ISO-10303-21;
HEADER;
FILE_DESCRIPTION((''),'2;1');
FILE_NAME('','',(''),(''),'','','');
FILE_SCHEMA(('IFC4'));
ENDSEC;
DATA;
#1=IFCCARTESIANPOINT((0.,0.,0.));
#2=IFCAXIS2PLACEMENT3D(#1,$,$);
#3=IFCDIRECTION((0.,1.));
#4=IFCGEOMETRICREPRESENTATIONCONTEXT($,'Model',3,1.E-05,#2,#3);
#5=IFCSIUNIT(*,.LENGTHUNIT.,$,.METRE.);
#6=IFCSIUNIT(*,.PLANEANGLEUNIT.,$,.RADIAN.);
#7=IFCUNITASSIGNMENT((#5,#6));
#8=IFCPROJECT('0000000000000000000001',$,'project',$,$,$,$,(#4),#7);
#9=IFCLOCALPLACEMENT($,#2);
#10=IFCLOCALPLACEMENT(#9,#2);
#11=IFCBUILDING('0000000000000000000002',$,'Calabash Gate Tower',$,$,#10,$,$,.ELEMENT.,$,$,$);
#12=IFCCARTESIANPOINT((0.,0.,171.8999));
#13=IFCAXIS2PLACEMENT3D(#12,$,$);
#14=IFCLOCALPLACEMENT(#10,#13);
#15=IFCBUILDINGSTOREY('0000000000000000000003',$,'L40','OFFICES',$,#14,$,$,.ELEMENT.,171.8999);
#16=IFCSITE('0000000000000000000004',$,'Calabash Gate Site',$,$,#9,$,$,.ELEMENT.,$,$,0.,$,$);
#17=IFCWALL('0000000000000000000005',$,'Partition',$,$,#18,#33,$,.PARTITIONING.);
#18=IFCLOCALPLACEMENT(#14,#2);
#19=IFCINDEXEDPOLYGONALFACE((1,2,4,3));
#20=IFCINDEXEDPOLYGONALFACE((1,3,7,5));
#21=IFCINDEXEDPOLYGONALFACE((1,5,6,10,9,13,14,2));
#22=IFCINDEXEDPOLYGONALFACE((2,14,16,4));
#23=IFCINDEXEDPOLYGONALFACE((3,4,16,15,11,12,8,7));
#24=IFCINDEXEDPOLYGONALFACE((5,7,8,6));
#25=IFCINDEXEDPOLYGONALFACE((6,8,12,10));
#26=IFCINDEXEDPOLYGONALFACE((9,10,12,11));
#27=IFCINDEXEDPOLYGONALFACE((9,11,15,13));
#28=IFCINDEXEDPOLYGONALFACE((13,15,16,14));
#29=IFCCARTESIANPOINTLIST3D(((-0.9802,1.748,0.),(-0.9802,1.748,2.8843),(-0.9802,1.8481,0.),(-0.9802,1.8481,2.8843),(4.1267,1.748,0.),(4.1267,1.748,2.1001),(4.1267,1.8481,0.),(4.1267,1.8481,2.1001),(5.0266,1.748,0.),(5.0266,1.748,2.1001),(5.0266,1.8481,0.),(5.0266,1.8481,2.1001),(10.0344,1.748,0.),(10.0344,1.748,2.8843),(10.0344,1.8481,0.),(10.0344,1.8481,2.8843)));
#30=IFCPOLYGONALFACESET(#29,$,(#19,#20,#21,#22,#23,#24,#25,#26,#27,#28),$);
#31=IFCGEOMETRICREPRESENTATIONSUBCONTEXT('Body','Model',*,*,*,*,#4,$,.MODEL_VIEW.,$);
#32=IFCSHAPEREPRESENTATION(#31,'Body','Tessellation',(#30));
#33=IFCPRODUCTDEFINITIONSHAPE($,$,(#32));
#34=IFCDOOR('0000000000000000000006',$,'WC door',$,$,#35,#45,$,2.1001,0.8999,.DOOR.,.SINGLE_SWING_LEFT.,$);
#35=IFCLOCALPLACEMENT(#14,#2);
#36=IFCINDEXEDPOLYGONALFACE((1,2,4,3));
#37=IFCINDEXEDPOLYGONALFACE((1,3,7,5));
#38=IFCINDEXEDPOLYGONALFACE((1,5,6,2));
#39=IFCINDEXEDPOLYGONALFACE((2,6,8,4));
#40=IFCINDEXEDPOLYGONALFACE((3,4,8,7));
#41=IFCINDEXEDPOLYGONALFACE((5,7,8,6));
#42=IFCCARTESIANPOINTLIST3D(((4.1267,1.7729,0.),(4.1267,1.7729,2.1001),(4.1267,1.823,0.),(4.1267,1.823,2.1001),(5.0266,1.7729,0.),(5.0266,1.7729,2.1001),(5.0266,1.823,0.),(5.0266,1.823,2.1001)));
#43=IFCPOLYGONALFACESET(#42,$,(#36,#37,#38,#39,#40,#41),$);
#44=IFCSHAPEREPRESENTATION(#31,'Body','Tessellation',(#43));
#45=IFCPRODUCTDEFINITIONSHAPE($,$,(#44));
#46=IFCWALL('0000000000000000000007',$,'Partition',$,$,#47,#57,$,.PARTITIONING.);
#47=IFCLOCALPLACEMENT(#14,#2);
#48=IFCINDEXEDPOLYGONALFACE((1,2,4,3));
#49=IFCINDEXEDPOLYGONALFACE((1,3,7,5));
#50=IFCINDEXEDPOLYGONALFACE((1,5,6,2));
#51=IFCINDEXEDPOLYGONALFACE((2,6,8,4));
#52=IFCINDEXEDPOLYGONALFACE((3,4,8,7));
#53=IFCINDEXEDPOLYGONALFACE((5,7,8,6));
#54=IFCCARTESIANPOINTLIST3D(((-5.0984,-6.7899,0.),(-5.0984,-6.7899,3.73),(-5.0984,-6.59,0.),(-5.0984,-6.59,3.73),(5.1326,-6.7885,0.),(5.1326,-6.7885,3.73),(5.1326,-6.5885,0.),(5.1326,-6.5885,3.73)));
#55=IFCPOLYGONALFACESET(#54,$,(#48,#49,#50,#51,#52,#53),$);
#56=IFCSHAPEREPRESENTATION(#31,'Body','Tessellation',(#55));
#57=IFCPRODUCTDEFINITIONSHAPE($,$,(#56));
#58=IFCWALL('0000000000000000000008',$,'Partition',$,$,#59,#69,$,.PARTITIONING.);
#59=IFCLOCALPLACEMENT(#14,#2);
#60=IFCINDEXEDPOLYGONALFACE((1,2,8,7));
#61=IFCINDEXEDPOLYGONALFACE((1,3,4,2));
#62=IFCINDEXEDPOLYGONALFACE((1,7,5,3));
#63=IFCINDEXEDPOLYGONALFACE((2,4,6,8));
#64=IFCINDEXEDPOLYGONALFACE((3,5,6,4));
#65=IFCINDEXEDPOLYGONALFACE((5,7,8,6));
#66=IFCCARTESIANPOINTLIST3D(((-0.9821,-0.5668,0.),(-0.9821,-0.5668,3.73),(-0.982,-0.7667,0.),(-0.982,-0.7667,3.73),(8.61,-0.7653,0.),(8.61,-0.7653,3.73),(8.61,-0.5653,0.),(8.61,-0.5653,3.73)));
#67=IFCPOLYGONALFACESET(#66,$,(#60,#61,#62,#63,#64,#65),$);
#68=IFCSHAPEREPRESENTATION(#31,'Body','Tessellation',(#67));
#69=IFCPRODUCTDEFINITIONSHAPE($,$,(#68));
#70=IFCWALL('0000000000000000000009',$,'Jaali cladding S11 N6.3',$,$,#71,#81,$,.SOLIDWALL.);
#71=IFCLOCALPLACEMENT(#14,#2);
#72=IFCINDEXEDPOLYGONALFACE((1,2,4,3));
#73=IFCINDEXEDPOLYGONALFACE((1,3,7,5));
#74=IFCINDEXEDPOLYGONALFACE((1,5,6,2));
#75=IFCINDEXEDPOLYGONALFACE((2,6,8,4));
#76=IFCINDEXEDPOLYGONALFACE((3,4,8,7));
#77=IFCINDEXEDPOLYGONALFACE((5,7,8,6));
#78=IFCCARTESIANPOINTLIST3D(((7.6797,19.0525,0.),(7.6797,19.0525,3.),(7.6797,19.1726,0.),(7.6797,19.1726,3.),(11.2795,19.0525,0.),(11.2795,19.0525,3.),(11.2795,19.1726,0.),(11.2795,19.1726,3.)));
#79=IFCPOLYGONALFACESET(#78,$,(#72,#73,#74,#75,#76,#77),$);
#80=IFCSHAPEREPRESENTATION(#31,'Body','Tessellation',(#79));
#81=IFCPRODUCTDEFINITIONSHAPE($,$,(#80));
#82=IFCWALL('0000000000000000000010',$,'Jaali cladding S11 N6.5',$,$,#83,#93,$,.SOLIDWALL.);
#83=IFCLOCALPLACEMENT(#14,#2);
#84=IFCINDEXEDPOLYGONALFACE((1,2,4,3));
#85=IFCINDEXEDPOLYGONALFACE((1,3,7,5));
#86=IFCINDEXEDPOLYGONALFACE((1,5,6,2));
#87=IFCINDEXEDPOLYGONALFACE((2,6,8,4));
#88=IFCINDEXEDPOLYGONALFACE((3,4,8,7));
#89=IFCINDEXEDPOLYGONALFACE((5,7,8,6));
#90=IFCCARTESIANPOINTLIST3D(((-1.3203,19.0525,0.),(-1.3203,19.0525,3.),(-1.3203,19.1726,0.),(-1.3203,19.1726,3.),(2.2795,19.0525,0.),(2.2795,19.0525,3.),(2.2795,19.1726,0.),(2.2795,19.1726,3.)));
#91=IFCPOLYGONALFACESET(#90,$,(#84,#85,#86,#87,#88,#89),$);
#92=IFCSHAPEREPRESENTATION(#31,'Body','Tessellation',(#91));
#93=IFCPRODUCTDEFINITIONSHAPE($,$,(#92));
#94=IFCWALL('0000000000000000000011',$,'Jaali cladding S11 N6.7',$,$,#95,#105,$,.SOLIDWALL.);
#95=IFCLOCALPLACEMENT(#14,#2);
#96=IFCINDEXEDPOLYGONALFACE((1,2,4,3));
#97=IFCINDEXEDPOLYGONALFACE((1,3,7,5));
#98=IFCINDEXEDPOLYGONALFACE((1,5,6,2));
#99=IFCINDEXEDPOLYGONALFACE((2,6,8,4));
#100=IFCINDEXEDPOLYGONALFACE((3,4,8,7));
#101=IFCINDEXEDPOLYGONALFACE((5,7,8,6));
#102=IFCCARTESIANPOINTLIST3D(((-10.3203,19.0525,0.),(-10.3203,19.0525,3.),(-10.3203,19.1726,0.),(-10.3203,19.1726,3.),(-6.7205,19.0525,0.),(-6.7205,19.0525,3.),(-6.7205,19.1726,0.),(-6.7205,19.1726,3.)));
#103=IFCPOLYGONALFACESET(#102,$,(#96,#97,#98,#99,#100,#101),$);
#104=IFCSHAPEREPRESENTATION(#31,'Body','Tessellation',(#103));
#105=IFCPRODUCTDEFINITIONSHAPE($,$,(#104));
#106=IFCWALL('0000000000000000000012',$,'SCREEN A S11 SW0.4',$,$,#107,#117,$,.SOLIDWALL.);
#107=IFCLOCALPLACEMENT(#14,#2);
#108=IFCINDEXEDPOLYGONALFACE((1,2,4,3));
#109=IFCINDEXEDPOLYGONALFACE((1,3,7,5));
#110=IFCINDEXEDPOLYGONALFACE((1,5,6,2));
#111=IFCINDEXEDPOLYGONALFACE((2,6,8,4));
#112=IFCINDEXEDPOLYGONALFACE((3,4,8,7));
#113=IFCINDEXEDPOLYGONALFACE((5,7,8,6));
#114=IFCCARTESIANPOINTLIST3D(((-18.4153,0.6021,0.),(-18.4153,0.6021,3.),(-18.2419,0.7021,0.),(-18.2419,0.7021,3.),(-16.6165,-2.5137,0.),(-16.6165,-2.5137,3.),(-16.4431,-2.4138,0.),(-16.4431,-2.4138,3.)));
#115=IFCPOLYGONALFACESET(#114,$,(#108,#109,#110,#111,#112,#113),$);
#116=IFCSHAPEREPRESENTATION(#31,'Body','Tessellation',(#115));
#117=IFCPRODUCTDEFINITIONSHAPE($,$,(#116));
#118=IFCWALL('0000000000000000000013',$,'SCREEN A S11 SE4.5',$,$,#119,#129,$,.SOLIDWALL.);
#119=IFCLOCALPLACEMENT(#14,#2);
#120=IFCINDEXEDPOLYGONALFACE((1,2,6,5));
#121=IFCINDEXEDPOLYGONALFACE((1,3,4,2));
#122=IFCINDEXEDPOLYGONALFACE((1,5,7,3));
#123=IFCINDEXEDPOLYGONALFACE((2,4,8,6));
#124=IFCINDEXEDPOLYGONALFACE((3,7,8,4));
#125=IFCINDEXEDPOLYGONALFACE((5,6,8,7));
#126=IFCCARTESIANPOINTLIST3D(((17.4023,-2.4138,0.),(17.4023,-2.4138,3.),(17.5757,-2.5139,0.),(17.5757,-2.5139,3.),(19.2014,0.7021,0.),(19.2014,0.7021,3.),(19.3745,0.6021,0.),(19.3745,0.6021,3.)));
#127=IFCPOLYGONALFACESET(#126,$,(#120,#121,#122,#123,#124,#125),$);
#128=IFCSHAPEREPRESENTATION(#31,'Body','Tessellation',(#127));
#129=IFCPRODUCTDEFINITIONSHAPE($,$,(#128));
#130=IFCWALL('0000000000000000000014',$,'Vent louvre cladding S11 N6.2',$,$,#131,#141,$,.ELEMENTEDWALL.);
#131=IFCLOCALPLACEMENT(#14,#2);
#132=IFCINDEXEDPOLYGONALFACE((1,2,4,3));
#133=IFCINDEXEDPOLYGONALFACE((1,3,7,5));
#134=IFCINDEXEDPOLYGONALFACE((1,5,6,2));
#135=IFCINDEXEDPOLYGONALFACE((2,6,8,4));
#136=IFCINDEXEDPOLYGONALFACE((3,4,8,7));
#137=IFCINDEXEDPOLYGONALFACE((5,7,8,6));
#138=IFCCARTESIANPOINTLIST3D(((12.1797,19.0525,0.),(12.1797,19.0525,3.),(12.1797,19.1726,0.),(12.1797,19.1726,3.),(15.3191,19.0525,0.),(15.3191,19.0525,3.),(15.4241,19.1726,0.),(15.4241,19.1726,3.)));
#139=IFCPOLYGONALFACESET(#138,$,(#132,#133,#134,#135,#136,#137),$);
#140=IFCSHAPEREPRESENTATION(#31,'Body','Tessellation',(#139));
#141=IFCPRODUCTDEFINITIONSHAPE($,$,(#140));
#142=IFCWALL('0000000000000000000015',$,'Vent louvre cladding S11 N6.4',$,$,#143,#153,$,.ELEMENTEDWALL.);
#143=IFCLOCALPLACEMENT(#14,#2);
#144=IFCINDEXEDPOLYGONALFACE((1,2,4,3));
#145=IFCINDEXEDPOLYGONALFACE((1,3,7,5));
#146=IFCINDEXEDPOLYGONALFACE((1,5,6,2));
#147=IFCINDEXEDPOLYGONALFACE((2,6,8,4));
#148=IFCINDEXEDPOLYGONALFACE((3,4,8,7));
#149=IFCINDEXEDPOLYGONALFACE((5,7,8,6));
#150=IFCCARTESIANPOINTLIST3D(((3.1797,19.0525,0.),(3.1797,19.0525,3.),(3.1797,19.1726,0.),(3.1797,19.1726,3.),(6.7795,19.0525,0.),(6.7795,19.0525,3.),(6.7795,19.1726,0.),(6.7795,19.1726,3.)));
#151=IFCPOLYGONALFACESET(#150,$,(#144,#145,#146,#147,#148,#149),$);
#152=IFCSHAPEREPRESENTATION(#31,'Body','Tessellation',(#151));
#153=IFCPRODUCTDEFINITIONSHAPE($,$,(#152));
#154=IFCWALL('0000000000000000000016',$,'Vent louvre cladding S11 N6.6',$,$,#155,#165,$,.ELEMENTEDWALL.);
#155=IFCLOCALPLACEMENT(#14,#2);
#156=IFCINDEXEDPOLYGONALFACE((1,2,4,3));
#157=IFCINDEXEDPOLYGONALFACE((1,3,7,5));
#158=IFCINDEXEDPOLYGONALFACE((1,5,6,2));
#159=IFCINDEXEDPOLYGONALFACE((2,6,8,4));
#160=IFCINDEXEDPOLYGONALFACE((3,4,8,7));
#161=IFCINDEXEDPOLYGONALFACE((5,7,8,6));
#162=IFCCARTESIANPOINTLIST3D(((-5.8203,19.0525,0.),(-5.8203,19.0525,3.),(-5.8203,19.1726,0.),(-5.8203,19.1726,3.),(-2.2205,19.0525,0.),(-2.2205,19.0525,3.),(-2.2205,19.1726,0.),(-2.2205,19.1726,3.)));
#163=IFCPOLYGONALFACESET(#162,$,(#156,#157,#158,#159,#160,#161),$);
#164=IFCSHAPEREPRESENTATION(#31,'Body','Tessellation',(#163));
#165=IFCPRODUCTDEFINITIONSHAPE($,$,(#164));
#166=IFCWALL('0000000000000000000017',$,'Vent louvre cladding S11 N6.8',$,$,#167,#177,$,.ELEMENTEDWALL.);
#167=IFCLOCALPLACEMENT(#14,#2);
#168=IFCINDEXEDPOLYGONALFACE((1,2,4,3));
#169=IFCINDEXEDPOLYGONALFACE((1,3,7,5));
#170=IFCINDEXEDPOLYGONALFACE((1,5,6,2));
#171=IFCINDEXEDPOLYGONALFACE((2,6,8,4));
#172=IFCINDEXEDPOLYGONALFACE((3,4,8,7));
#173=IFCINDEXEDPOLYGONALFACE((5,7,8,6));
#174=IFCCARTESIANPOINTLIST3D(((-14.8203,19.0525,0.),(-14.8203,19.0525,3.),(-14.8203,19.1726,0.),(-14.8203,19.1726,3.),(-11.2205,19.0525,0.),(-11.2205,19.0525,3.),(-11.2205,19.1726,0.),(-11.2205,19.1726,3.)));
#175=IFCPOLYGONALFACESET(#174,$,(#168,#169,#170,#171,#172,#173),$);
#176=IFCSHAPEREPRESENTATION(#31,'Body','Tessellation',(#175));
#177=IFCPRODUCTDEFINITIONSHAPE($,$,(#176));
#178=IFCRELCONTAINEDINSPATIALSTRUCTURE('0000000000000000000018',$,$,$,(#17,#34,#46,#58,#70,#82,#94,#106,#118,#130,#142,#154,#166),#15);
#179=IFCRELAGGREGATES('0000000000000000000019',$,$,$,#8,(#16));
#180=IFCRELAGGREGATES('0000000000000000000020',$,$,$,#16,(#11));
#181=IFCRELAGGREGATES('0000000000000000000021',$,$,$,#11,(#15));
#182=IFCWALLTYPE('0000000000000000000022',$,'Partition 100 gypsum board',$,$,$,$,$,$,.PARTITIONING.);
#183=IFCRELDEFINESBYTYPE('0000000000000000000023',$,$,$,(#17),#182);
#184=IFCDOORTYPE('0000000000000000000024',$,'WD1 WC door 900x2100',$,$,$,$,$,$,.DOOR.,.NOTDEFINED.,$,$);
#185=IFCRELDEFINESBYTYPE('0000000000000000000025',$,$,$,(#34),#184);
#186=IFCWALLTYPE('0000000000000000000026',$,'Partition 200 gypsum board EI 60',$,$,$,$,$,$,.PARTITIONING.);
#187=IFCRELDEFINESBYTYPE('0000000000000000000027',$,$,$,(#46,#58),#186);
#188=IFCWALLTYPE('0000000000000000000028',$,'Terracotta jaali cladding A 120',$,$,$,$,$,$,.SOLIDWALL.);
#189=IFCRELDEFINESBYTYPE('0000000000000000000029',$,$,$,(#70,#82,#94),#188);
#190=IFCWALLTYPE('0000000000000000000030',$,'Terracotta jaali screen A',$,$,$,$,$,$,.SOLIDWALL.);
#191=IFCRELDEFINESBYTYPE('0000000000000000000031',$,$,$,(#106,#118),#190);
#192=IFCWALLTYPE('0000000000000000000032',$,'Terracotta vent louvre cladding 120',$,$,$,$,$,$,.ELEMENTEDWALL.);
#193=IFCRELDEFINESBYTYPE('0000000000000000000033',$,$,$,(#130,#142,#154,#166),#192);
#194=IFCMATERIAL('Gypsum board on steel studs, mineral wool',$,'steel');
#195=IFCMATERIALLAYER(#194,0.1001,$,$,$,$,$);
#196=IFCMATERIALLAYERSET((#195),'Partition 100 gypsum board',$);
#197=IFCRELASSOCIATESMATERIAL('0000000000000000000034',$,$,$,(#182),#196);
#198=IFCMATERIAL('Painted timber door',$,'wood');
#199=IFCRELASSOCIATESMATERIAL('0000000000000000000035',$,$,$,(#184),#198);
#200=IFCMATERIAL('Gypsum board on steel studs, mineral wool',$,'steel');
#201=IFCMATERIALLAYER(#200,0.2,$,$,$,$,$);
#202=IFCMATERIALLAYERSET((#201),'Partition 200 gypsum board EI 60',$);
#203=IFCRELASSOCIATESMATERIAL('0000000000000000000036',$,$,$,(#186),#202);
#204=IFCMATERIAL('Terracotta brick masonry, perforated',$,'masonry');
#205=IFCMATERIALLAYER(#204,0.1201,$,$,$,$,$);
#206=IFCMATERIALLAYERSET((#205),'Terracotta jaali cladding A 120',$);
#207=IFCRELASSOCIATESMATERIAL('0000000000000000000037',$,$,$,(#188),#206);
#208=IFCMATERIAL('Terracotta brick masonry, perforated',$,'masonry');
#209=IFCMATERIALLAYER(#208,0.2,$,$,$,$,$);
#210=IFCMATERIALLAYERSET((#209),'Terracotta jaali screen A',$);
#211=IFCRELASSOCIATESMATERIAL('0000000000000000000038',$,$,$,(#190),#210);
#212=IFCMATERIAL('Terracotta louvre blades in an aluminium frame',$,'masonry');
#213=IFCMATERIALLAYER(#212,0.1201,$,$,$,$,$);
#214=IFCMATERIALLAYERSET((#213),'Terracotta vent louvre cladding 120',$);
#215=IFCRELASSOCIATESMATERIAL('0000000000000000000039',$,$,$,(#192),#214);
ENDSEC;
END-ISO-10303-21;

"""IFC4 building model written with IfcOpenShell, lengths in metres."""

from ifc_helpers import new_model, si_unit, direction, frame, frame_2d, origin, place, context, subcontext, project, spatial, polyline, rectangle, outline, extrude, material, layer, layer_set, type_object, element, fill, save


model = new_model("IFC4")

# Units and contexts
model_context = context("Model", 3, precision=1e-05, world=origin(), true_north=direction((0.0, 1.0)))
body_context = subcontext(model_context, "Body", "Model", "MODEL_VIEW")
ifc_project = project(units=[si_unit("LENGTHUNIT", "METRE"), si_unit("PLANEANGLEUNIT", "RADIAN")], contexts=[model_context])

# Site, building, storey
site_placement = place(None, origin())
site = spatial("IfcSite", under=ifc_project, at=site_placement, Name="Calabash Gate Site", CompositionType="ELEMENT", RefElevation=0.0)
building_placement = place(site_placement, origin())
building = spatial("IfcBuilding", under=site, at=building_placement, Name="Calabash Gate Tower", CompositionType="ELEMENT")
storey_placement = place(building_placement, frame((0.0, 0.0, 171.8999)))
storey = spatial("IfcBuildingStorey", under=building, at=storey_placement, Name="L40", Description="OFFICES", CompositionType="ELEMENT", Elevation=171.8999)

# Shared definitions
ifc_material_1 = material(Name="Gypsum board on steel studs, mineral wool", Category="steel")
ifc_layer_1 = layer(ifc_material_1, 0.1001)
ifc_layer_set_1 = layer_set([ifc_layer_1], Name="Partition 100 gypsum board")
wall_type_1 = type_object("IfcWallType", Name="Partition 100 gypsum board", PredefinedType="PARTITIONING", material=ifc_layer_set_1)

# Wall, opening, door
wall_1_placement = place(storey_placement, frame((-0.9802, 1.7981, 0.0), z_axis=(0.0, 0.0, 1.0), x_axis=(1.0, 0.0, 0.0)))
wall_1 = element("IfcWall", 1, at=wall_1_placement, inside=storey, type_object=wall_type_1, Name="Partition", PredefinedType="PARTITIONING", context=body_context, shape_type="SweptSolid", body=[
    extrude(rectangle(XDim=11.0146, YDim=0.1001, at=frame_2d((5.5073, 0.0))), origin(), (0.0, 0.0, 1.0), 2.8843),
])
opening_placement = place(wall_1_placement, frame((5.1069, 0.0, 0.0)))
opening = element("IfcOpeningElement", 2, at=opening_placement, cuts=wall_1, PredefinedType="OPENING", context=body_context, shape_type="SweptSolid", body=[
    extrude(rectangle(XDim=0.8999, YDim=2.1001, at=frame_2d((0.45, 1.05))), frame((0.0, 0.0601, 0.0), z_axis=(0.0, -1.0, 0.0), x_axis=(1.0, 0.0, 0.0)), (0.0, 0.0, 1.0), 0.1201),
])
ifc_material_2 = material(Name="Painted timber door", Category="wood")
door_type = type_object("IfcDoorType", Name="WD1 WC door 900x2100", OperationType="NOTDEFINED", PredefinedType="DOOR", material=ifc_material_2)
door_placement = place(opening_placement, origin())
door = element("IfcDoor", 3, at=door_placement, inside=storey, type_object=door_type, Name="WC door", OperationType="SINGLE_SWING_LEFT", OverallHeight=2.1001, OverallWidth=0.8999, PredefinedType="DOOR", context=body_context, shape_type="SweptSolid", body=[
    extrude(rectangle(XDim=0.8999, YDim=2.1001, at=frame_2d((0.45, 1.05))), frame((0.0, 0.0249, 0.0), z_axis=(0.0, -1.0, 0.0), x_axis=(1.0, 0.0, 0.0)), (0.0, 0.0, 1.0), 0.05),
])
fill(opening, door)

# Walls
ifc_material_3 = material(Name="Gypsum board on steel studs, mineral wool", Category="steel")
ifc_layer_2 = layer(ifc_material_3, 0.2)
ifc_layer_set_2 = layer_set([ifc_layer_2], Name="Partition 200 gypsum board EI 60")
wall_type_2 = type_object("IfcWallType", Name="Partition 200 gypsum board EI 60", PredefinedType="PARTITIONING", material=ifc_layer_set_2)
wall_2_placement = place(storey_placement, frame((-5.0984, -6.6899, 0.0), z_axis=(0.0, 0.0, 1.0), x_axis=(1.0, 0.000143, 0.0)))
element("IfcWall", 4, at=wall_2_placement, inside=storey, type_object=wall_type_2, Name="Partition", PredefinedType="PARTITIONING", context=body_context, shape_type="SweptSolid", body=[
    extrude(rectangle(XDim=10.231, YDim=0.2, at=frame_2d((5.1155, 0.0))), origin(), (0.0, 0.0, 1.0), 3.73),
])
wall_3_placement = place(storey_placement, frame((-0.9819, -0.6667, 0.0), z_axis=(0.0, 0.0, 1.0), x_axis=(1.0, 0.000153, 0.0)))
element("IfcWall", 5, at=wall_3_placement, inside=storey, type_object=wall_type_2, Name="Partition", PredefinedType="PARTITIONING", context=body_context, shape_type="SweptSolid", body=[
    extrude(rectangle(XDim=9.592, YDim=0.2, at=frame_2d((4.7959, 0.0))), origin(), (0.0, 0.0, 1.0), 3.73),
])
ifc_material_4 = material(Name="Terracotta brick masonry, perforated", Category="masonry")
ifc_layer_3 = layer(ifc_material_4, 0.1201)
ifc_layer_set_3 = layer_set([ifc_layer_3], Name="Terracotta jaali cladding A 120")
wall_type_3 = type_object("IfcWallType", Name="Terracotta jaali cladding A 120", PredefinedType="SOLIDWALL", material=ifc_layer_set_3)
wall_4_placement = place(storey_placement, origin())
element("IfcWall", 6, at=wall_4_placement, inside=storey, type_object=wall_type_3, Name="Jaali cladding S11 N6.3", PredefinedType="SOLIDWALL", context=body_context, shape_type="SweptSolid", body=[
    extrude(outline(polyline([(7.6797, 19.1726), (7.6797, 19.0525), (11.2795, 19.0525), (11.2795, 19.1726), (7.6797, 19.1726)])), origin(), (0.0, 0.0, 1.0), 3.0),
])
wall_5_placement = place(storey_placement, origin())
element("IfcWall", 7, at=wall_5_placement, inside=storey, type_object=wall_type_3, Name="Jaali cladding S11 N6.5", PredefinedType="SOLIDWALL", context=body_context, shape_type="SweptSolid", body=[
    extrude(outline(polyline([(-1.3203, 19.1726), (-1.3203, 19.0525), (2.2795, 19.0525), (2.2795, 19.1726), (-1.3203, 19.1726)])), origin(), (0.0, 0.0, 1.0), 3.0),
])
wall_6_placement = place(storey_placement, origin())
element("IfcWall", 8, at=wall_6_placement, inside=storey, type_object=wall_type_3, Name="Jaali cladding S11 N6.7", PredefinedType="SOLIDWALL", context=body_context, shape_type="SweptSolid", body=[
    extrude(outline(polyline([(-10.3203, 19.1726), (-10.3203, 19.0525), (-6.7205, 19.0525), (-6.7205, 19.1726), (-10.3203, 19.1726)])), origin(), (0.0, 0.0, 1.0), 3.0),
])
ifc_material_5 = material(Name="Terracotta brick masonry, perforated", Category="masonry")
ifc_layer_4 = layer(ifc_material_5, 0.2)
ifc_layer_set_4 = layer_set([ifc_layer_4], Name="Terracotta jaali screen A")
wall_type_4 = type_object("IfcWallType", Name="Terracotta jaali screen A", PredefinedType="SOLIDWALL", material=ifc_layer_set_4)
wall_7_placement = place(storey_placement, origin())
element("IfcWall", 9, at=wall_7_placement, inside=storey, type_object=wall_type_4, Name="SCREEN A S11 SW0.4", PredefinedType="SOLIDWALL", context=body_context, shape_type="SweptSolid", body=[
    extrude(outline(polyline([(-18.4153, 0.6021), (-16.6165, -2.5137), (-16.4431, -2.4138), (-18.2419, 0.7021), (-18.4153, 0.6021)])), origin(), (0.0, 0.0, 1.0), 3.0),
])
wall_8_placement = place(storey_placement, origin())
element("IfcWall", 10, at=wall_8_placement, inside=storey, type_object=wall_type_4, Name="SCREEN A S11 SE4.5", PredefinedType="SOLIDWALL", context=body_context, shape_type="SweptSolid", body=[
    extrude(outline(polyline([(19.2014, 0.7021), (17.4023, -2.4138), (17.5757, -2.5139), (19.3745, 0.6021), (19.2014, 0.7021)])), origin(), (0.0, 0.0, 1.0), 3.0),
])
ifc_material_6 = material(Name="Terracotta louvre blades in an aluminium frame", Category="masonry")
ifc_layer_5 = layer(ifc_material_6, 0.1201)
ifc_layer_set_5 = layer_set([ifc_layer_5], Name="Terracotta vent louvre cladding 120")
wall_type_5 = type_object("IfcWallType", Name="Terracotta vent louvre cladding 120", PredefinedType="ELEMENTEDWALL", material=ifc_layer_set_5)
wall_9_placement = place(storey_placement, origin())
element("IfcWall", 11, at=wall_9_placement, inside=storey, type_object=wall_type_5, Name="Vent louvre cladding S11 N6.2", PredefinedType="ELEMENTEDWALL", context=body_context, shape_type="SweptSolid", body=[
    extrude(outline(polyline([(12.1797, 19.1726), (12.1797, 19.0525), (15.3191, 19.0525), (15.4241, 19.1726), (12.1797, 19.1726)])), origin(), (0.0, 0.0, 1.0), 3.0),
])
wall_10_placement = place(storey_placement, origin())
element("IfcWall", 12, at=wall_10_placement, inside=storey, type_object=wall_type_5, Name="Vent louvre cladding S11 N6.4", PredefinedType="ELEMENTEDWALL", context=body_context, shape_type="SweptSolid", body=[
    extrude(outline(polyline([(3.1797, 19.1726), (3.1797, 19.0525), (6.7795, 19.0525), (6.7795, 19.1726), (3.1797, 19.1726)])), origin(), (0.0, 0.0, 1.0), 3.0),
])
wall_11_placement = place(storey_placement, origin())
element("IfcWall", 13, at=wall_11_placement, inside=storey, type_object=wall_type_5, Name="Vent louvre cladding S11 N6.6", PredefinedType="ELEMENTEDWALL", context=body_context, shape_type="SweptSolid", body=[
    extrude(outline(polyline([(-5.8203, 19.1726), (-5.8203, 19.0525), (-2.2205, 19.0525), (-2.2205, 19.1726), (-5.8203, 19.1726)])), origin(), (0.0, 0.0, 1.0), 3.0),
])
wall_12_placement = place(storey_placement, origin())
element("IfcWall", 14, at=wall_12_placement, inside=storey, type_object=wall_type_5, Name="Vent louvre cladding S11 N6.8", PredefinedType="ELEMENTEDWALL", context=body_context, shape_type="SweptSolid", body=[
    extrude(outline(polyline([(-14.8203, 19.1726), (-14.8203, 19.0525), (-11.2205, 19.0525), (-11.2205, 19.1726), (-14.8203, 19.1726)])), origin(), (0.0, 0.0, 1.0), 3.0),
])

save(model, "model.ifc")
